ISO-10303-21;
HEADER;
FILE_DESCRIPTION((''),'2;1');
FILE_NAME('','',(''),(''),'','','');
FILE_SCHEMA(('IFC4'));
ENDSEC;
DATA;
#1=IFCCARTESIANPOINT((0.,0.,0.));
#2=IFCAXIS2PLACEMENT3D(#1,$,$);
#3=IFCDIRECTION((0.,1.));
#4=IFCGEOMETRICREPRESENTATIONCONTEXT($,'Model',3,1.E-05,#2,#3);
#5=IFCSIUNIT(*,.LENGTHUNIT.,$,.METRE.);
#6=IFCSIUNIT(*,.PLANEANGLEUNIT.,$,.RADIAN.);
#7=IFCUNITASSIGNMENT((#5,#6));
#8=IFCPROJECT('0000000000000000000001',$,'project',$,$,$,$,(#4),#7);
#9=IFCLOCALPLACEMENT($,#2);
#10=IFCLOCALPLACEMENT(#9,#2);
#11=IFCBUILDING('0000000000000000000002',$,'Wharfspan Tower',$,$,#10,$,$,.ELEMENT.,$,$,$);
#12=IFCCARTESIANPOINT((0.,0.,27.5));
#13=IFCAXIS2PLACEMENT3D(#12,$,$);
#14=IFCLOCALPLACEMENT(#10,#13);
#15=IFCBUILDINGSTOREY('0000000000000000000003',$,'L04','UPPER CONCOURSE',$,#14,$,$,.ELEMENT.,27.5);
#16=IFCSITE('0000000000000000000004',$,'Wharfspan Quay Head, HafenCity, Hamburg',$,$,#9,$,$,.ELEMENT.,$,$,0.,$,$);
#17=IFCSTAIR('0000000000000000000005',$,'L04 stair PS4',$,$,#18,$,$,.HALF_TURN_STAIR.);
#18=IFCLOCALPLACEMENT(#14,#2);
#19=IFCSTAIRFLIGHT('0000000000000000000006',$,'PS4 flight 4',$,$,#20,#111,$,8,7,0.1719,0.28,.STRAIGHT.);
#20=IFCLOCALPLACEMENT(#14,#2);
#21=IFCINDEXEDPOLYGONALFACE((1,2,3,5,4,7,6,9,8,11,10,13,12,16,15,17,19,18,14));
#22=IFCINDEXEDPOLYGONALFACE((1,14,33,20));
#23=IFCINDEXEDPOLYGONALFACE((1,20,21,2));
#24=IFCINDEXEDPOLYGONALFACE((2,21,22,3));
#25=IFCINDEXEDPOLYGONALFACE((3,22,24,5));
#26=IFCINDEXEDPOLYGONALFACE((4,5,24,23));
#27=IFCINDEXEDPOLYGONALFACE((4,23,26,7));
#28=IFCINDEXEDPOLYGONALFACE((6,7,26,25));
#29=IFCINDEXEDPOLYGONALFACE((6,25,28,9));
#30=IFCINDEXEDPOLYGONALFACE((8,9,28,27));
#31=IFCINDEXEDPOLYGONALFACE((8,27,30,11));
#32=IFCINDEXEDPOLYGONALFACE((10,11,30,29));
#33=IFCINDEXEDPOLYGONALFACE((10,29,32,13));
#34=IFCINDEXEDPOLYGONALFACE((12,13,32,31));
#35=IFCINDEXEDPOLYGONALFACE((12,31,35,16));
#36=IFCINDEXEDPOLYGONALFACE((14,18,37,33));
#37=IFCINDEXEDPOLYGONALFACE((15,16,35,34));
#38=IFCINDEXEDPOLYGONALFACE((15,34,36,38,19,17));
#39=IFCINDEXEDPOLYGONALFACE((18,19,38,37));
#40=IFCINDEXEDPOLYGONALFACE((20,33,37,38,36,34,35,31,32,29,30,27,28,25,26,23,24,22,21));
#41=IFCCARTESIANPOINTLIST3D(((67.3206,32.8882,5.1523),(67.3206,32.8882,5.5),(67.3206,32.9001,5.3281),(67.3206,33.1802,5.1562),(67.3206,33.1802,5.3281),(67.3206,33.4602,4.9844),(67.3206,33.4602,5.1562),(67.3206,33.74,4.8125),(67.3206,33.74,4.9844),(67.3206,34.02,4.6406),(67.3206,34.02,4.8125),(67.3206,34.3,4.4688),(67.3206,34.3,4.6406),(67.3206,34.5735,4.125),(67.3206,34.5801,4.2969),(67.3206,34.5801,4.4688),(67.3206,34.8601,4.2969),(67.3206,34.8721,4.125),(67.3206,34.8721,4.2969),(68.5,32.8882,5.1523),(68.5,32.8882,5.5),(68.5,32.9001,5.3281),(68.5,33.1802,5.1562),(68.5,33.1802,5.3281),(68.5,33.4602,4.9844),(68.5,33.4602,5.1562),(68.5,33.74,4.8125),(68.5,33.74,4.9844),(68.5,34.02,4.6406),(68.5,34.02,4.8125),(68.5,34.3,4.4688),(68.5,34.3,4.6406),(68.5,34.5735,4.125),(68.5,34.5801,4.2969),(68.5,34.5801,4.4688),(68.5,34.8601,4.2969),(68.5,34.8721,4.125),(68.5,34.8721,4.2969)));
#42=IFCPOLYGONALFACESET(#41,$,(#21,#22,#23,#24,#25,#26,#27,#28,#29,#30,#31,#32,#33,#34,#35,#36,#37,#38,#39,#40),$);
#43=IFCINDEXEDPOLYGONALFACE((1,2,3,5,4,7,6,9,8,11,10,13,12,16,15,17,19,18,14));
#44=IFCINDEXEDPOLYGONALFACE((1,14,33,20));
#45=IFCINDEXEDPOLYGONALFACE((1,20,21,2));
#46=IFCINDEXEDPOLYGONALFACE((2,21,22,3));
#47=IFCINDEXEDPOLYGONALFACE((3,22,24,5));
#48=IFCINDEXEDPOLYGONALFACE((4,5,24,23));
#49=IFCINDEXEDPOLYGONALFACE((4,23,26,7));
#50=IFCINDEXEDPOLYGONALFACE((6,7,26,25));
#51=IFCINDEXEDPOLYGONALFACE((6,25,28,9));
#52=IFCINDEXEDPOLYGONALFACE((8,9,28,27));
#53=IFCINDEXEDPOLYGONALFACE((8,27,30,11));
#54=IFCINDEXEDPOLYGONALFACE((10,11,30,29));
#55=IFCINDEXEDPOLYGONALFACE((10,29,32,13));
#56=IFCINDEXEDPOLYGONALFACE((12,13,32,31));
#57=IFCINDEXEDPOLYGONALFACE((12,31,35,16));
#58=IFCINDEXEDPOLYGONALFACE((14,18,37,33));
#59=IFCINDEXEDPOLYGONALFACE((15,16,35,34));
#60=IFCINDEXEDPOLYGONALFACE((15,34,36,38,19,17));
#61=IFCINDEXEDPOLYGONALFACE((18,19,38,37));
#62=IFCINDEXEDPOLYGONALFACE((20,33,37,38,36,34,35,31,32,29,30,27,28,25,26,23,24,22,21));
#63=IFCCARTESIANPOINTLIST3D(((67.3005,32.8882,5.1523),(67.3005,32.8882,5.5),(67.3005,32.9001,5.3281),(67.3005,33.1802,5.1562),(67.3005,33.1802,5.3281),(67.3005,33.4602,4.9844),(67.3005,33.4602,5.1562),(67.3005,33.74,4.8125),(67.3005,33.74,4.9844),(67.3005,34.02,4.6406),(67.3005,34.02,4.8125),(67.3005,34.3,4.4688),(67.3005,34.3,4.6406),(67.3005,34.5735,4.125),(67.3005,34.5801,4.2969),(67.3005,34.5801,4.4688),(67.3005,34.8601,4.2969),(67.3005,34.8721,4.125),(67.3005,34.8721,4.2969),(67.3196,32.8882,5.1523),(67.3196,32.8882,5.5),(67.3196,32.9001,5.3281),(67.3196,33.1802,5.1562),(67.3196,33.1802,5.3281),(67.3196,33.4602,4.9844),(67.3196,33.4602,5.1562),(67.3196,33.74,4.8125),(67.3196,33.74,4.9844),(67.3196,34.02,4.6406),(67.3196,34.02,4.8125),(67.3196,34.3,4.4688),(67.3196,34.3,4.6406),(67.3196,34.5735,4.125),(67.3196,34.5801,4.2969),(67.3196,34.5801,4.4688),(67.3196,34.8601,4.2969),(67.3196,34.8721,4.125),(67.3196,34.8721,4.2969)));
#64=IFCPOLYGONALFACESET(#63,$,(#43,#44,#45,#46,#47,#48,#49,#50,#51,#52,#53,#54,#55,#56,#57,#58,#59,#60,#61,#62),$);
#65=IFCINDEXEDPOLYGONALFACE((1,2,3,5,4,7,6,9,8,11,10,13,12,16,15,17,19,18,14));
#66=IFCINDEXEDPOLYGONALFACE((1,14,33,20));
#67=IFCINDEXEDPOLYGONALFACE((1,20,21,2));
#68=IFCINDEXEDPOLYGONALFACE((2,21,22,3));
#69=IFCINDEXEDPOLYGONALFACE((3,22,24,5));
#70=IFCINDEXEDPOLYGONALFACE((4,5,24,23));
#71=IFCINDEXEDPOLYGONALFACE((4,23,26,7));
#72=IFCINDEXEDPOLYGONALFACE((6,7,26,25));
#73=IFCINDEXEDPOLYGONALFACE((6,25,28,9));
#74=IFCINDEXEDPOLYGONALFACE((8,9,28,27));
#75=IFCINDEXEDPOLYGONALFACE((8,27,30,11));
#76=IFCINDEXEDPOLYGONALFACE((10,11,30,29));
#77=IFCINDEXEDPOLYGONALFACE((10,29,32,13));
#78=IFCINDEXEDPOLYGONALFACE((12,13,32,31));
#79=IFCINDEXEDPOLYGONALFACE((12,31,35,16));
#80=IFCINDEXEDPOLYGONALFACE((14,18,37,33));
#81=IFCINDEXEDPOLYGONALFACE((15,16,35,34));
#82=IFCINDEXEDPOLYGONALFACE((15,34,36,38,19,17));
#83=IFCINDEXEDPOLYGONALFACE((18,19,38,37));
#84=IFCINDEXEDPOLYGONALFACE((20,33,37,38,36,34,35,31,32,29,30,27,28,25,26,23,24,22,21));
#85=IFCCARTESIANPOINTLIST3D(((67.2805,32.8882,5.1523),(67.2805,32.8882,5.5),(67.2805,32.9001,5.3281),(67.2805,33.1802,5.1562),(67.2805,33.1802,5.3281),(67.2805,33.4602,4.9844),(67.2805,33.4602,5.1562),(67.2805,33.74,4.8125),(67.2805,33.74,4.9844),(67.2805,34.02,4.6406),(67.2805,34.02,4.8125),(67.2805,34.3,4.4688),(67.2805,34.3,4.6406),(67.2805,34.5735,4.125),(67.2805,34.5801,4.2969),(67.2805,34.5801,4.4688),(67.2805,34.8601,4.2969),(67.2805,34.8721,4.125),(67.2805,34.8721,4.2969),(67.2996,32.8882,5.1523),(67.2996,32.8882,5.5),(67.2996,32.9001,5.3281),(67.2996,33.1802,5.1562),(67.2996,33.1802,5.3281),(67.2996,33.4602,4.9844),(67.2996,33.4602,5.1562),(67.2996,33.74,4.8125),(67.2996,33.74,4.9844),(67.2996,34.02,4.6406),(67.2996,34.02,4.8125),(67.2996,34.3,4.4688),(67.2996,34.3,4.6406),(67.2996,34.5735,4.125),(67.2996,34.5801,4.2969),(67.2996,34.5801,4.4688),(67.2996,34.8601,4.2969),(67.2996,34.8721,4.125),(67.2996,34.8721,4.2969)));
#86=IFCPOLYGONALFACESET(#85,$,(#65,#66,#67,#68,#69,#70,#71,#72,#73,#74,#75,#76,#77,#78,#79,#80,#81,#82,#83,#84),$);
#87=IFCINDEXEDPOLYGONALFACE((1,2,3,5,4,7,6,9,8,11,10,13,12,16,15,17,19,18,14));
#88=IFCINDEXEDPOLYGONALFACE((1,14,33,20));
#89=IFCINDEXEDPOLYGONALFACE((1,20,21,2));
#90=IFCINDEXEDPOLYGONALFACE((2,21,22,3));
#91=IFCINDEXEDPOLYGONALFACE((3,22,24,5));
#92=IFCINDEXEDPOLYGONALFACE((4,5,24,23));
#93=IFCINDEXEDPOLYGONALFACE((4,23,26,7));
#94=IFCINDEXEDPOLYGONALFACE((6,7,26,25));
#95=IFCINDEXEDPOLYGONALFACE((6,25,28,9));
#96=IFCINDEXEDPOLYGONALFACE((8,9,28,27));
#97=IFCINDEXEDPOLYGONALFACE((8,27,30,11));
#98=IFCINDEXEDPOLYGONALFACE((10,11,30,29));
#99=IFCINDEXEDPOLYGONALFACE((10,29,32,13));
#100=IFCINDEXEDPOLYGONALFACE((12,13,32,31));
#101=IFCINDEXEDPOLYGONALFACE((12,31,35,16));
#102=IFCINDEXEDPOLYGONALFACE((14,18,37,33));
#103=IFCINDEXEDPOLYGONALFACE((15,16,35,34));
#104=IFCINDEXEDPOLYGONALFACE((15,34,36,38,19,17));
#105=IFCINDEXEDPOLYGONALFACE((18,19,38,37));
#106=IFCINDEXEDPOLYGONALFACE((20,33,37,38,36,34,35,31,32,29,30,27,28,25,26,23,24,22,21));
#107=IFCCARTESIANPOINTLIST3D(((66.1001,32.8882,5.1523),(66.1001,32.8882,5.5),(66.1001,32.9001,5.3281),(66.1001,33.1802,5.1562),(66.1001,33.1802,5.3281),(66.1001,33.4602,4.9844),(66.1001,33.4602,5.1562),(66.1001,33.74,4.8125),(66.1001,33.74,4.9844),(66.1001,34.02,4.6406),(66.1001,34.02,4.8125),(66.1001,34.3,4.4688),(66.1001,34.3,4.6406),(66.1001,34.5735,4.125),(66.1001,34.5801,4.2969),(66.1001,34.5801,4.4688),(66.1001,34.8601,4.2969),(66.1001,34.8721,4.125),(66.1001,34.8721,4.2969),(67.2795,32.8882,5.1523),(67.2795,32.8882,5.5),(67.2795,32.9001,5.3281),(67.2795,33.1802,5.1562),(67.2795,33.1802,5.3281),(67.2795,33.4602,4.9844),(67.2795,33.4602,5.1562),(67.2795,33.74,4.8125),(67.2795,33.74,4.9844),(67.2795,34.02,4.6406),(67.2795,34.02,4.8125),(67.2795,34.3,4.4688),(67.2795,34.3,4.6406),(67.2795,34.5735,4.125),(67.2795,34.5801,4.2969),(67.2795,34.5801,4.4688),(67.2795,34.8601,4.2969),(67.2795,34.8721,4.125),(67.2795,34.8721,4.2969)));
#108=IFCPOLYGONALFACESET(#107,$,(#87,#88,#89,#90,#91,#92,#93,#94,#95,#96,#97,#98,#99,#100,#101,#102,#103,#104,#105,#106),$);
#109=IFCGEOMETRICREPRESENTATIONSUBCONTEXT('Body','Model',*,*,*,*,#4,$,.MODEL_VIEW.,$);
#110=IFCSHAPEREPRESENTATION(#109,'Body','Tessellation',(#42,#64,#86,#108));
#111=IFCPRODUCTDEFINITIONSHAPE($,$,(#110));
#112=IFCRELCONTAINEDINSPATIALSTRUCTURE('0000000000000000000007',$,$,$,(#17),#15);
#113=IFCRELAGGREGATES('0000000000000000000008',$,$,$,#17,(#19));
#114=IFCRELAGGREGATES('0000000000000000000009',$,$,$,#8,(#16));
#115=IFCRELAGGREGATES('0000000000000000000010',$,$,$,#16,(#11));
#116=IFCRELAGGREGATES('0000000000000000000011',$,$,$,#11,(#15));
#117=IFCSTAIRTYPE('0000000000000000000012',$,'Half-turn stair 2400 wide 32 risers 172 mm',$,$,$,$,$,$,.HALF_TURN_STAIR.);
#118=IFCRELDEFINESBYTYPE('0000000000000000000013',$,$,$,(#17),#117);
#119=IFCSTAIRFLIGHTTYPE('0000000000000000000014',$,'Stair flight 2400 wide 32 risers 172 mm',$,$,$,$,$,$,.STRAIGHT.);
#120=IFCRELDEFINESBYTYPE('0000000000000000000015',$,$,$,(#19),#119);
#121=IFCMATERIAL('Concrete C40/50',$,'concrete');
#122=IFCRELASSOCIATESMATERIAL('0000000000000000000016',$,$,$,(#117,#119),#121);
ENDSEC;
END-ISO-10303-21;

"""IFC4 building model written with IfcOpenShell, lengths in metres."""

from ifc_helpers import new_model, si_unit, direction, frame, origin, place, context, subcontext, project, spatial, polyline, outline, extrude, material, type_object, element, aggregate, save


model = new_model("IFC4")

# Units and contexts
model_context = context("Model", 3, precision=1e-05, world=origin(), true_north=direction((0.0, 1.0)))
body_context = subcontext(model_context, "Body", "Model", "MODEL_VIEW")
ifc_project = project(units=[si_unit("LENGTHUNIT", "METRE"), si_unit("PLANEANGLEUNIT", "RADIAN")], contexts=[model_context])

# Site, building, storey
site_placement = place(None, origin())
site = spatial("IfcSite", under=ifc_project, at=site_placement, Name="Wharfspan Quay Head, HafenCity, Hamburg", CompositionType="ELEMENT", RefElevation=0.0)
building_placement = place(site_placement, origin())
building = spatial("IfcBuilding", under=site, at=building_placement, Name="Wharfspan Tower", CompositionType="ELEMENT")
storey_placement = place(building_placement, frame((0.0, 0.0, 27.5)))
storey = spatial("IfcBuildingStorey", under=building, at=storey_placement, Name="L04", Description="UPPER CONCOURSE", CompositionType="ELEMENT", Elevation=27.5)

# Shared definitions
ifc_material_1 = material(Name="Concrete C40/50", Category="concrete")

# Stair, stair flight
stair_type = type_object("IfcStairType", Name="Half-turn stair 2400 wide 32 risers 172 mm", PredefinedType="HALF_TURN_STAIR", material=ifc_material_1)
stair_1_placement = place(storey_placement, origin())
stair_1 = element("IfcStair", 1, at=stair_1_placement, inside=storey, type_object=stair_type, Name="L04 stair PS4", PredefinedType="HALF_TURN_STAIR")
stair_flight_type = type_object("IfcStairFlightType", Name="Stair flight 2400 wide 32 risers 172 mm", PredefinedType="STRAIGHT", material=ifc_material_1)
stair_flight_1_placement = place(storey_placement, frame((67.3, 34.8601, 4.125), z_axis=(0.0, 0.0, 1.0), x_axis=(0.0, -1.0, 0.0)))
stair_flight_1 = element("IfcStairFlight", 2, at=stair_flight_1_placement, type_object=stair_flight_type, Name="PS4 flight 4", NumberOfRisers=8, NumberOfTreads=7, PredefinedType="STRAIGHT", RiserHeight=0.1719, TreadLength=0.28, context=body_context, shape_type="SweptSolid", body=[
    extrude(outline(polyline([(-0.012, 0.0), (-0.012, 0.1719), (0.0, 0.1719), (0.28, 0.1719), (0.28, 0.3438), (0.5601, 0.3438), (0.5601, 0.5156), (0.8401, 0.5156), (0.8401, 0.6875), (1.1201, 0.6875), (1.1201, 0.8594), (1.3999, 0.8594), (1.3999, 1.0312), (1.6799, 1.0312), (1.6799, 1.2031), (1.96, 1.2031), (1.9719, 1.375), (1.9719, 1.0273), (0.2866, 0.0), (-0.012, 0.0)])), frame((0.0, 1.2, 0.0), z_axis=(0.0, -1.0, 0.0), x_axis=(1.0, 0.0, 0.0)), (0.0, 0.0, 1.0), 1.1794),
    extrude(outline(polyline([(-0.012, 0.0), (-0.012, 0.1719), (0.0, 0.1719), (0.28, 0.1719), (0.28, 0.3438), (0.5601, 0.3438), (0.5601, 0.5156), (0.8401, 0.5156), (0.8401, 0.6875), (1.1201, 0.6875), (1.1201, 0.8594), (1.3999, 0.8594), (1.3999, 1.0312), (1.6799, 1.0312), (1.6799, 1.2031), (1.96, 1.2031), (1.9719, 1.375), (1.9719, 1.0273), (0.2866, 0.0), (-0.012, 0.0)])), frame((0.0, 0.0195, 0.0), z_axis=(0.0, -1.0, 0.0), x_axis=(1.0, 0.0, 0.0)), (0.0, 0.0, 1.0), 0.019),
    extrude(outline(polyline([(-0.012, 0.0), (-0.012, 0.1719), (0.0, 0.1719), (0.28, 0.1719), (0.28, 0.3438), (0.5601, 0.3438), (0.5601, 0.5156), (0.8401, 0.5156), (0.8401, 0.6875), (1.1201, 0.6875), (1.1201, 0.8594), (1.3999, 0.8594), (1.3999, 1.0312), (1.6799, 1.0312), (1.6799, 1.2031), (1.96, 1.2031), (1.9719, 1.375), (1.9719, 1.0273), (0.2866, 0.0), (-0.012, 0.0)])), frame((0.0, -0.0005, 0.0), z_axis=(0.0, -1.0, 0.0), x_axis=(1.0, 0.0, 0.0)), (0.0, 0.0, 1.0), 0.019),
    extrude(outline(polyline([(-0.012, 0.0), (-0.012, 0.1719), (0.0, 0.1719), (0.28, 0.1719), (0.28, 0.3438), (0.5601, 0.3438), (0.5601, 0.5156), (0.8401, 0.5156), (0.8401, 0.6875), (1.1201, 0.6875), (1.1201, 0.8594), (1.3999, 0.8594), (1.3999, 1.0312), (1.6799, 1.0312), (1.6799, 1.2031), (1.96, 1.2031), (1.9719, 1.375), (1.9719, 1.0273), (0.2866, 0.0), (-0.012, 0.0)])), frame((0.0, -0.0205, 0.0), z_axis=(0.0, -1.0, 0.0), x_axis=(1.0, 0.0, 0.0)), (0.0, 0.0, 1.0), 1.1794),
])
aggregate(stair_1, [stair_flight_1])

save(model, "model.ifc")
